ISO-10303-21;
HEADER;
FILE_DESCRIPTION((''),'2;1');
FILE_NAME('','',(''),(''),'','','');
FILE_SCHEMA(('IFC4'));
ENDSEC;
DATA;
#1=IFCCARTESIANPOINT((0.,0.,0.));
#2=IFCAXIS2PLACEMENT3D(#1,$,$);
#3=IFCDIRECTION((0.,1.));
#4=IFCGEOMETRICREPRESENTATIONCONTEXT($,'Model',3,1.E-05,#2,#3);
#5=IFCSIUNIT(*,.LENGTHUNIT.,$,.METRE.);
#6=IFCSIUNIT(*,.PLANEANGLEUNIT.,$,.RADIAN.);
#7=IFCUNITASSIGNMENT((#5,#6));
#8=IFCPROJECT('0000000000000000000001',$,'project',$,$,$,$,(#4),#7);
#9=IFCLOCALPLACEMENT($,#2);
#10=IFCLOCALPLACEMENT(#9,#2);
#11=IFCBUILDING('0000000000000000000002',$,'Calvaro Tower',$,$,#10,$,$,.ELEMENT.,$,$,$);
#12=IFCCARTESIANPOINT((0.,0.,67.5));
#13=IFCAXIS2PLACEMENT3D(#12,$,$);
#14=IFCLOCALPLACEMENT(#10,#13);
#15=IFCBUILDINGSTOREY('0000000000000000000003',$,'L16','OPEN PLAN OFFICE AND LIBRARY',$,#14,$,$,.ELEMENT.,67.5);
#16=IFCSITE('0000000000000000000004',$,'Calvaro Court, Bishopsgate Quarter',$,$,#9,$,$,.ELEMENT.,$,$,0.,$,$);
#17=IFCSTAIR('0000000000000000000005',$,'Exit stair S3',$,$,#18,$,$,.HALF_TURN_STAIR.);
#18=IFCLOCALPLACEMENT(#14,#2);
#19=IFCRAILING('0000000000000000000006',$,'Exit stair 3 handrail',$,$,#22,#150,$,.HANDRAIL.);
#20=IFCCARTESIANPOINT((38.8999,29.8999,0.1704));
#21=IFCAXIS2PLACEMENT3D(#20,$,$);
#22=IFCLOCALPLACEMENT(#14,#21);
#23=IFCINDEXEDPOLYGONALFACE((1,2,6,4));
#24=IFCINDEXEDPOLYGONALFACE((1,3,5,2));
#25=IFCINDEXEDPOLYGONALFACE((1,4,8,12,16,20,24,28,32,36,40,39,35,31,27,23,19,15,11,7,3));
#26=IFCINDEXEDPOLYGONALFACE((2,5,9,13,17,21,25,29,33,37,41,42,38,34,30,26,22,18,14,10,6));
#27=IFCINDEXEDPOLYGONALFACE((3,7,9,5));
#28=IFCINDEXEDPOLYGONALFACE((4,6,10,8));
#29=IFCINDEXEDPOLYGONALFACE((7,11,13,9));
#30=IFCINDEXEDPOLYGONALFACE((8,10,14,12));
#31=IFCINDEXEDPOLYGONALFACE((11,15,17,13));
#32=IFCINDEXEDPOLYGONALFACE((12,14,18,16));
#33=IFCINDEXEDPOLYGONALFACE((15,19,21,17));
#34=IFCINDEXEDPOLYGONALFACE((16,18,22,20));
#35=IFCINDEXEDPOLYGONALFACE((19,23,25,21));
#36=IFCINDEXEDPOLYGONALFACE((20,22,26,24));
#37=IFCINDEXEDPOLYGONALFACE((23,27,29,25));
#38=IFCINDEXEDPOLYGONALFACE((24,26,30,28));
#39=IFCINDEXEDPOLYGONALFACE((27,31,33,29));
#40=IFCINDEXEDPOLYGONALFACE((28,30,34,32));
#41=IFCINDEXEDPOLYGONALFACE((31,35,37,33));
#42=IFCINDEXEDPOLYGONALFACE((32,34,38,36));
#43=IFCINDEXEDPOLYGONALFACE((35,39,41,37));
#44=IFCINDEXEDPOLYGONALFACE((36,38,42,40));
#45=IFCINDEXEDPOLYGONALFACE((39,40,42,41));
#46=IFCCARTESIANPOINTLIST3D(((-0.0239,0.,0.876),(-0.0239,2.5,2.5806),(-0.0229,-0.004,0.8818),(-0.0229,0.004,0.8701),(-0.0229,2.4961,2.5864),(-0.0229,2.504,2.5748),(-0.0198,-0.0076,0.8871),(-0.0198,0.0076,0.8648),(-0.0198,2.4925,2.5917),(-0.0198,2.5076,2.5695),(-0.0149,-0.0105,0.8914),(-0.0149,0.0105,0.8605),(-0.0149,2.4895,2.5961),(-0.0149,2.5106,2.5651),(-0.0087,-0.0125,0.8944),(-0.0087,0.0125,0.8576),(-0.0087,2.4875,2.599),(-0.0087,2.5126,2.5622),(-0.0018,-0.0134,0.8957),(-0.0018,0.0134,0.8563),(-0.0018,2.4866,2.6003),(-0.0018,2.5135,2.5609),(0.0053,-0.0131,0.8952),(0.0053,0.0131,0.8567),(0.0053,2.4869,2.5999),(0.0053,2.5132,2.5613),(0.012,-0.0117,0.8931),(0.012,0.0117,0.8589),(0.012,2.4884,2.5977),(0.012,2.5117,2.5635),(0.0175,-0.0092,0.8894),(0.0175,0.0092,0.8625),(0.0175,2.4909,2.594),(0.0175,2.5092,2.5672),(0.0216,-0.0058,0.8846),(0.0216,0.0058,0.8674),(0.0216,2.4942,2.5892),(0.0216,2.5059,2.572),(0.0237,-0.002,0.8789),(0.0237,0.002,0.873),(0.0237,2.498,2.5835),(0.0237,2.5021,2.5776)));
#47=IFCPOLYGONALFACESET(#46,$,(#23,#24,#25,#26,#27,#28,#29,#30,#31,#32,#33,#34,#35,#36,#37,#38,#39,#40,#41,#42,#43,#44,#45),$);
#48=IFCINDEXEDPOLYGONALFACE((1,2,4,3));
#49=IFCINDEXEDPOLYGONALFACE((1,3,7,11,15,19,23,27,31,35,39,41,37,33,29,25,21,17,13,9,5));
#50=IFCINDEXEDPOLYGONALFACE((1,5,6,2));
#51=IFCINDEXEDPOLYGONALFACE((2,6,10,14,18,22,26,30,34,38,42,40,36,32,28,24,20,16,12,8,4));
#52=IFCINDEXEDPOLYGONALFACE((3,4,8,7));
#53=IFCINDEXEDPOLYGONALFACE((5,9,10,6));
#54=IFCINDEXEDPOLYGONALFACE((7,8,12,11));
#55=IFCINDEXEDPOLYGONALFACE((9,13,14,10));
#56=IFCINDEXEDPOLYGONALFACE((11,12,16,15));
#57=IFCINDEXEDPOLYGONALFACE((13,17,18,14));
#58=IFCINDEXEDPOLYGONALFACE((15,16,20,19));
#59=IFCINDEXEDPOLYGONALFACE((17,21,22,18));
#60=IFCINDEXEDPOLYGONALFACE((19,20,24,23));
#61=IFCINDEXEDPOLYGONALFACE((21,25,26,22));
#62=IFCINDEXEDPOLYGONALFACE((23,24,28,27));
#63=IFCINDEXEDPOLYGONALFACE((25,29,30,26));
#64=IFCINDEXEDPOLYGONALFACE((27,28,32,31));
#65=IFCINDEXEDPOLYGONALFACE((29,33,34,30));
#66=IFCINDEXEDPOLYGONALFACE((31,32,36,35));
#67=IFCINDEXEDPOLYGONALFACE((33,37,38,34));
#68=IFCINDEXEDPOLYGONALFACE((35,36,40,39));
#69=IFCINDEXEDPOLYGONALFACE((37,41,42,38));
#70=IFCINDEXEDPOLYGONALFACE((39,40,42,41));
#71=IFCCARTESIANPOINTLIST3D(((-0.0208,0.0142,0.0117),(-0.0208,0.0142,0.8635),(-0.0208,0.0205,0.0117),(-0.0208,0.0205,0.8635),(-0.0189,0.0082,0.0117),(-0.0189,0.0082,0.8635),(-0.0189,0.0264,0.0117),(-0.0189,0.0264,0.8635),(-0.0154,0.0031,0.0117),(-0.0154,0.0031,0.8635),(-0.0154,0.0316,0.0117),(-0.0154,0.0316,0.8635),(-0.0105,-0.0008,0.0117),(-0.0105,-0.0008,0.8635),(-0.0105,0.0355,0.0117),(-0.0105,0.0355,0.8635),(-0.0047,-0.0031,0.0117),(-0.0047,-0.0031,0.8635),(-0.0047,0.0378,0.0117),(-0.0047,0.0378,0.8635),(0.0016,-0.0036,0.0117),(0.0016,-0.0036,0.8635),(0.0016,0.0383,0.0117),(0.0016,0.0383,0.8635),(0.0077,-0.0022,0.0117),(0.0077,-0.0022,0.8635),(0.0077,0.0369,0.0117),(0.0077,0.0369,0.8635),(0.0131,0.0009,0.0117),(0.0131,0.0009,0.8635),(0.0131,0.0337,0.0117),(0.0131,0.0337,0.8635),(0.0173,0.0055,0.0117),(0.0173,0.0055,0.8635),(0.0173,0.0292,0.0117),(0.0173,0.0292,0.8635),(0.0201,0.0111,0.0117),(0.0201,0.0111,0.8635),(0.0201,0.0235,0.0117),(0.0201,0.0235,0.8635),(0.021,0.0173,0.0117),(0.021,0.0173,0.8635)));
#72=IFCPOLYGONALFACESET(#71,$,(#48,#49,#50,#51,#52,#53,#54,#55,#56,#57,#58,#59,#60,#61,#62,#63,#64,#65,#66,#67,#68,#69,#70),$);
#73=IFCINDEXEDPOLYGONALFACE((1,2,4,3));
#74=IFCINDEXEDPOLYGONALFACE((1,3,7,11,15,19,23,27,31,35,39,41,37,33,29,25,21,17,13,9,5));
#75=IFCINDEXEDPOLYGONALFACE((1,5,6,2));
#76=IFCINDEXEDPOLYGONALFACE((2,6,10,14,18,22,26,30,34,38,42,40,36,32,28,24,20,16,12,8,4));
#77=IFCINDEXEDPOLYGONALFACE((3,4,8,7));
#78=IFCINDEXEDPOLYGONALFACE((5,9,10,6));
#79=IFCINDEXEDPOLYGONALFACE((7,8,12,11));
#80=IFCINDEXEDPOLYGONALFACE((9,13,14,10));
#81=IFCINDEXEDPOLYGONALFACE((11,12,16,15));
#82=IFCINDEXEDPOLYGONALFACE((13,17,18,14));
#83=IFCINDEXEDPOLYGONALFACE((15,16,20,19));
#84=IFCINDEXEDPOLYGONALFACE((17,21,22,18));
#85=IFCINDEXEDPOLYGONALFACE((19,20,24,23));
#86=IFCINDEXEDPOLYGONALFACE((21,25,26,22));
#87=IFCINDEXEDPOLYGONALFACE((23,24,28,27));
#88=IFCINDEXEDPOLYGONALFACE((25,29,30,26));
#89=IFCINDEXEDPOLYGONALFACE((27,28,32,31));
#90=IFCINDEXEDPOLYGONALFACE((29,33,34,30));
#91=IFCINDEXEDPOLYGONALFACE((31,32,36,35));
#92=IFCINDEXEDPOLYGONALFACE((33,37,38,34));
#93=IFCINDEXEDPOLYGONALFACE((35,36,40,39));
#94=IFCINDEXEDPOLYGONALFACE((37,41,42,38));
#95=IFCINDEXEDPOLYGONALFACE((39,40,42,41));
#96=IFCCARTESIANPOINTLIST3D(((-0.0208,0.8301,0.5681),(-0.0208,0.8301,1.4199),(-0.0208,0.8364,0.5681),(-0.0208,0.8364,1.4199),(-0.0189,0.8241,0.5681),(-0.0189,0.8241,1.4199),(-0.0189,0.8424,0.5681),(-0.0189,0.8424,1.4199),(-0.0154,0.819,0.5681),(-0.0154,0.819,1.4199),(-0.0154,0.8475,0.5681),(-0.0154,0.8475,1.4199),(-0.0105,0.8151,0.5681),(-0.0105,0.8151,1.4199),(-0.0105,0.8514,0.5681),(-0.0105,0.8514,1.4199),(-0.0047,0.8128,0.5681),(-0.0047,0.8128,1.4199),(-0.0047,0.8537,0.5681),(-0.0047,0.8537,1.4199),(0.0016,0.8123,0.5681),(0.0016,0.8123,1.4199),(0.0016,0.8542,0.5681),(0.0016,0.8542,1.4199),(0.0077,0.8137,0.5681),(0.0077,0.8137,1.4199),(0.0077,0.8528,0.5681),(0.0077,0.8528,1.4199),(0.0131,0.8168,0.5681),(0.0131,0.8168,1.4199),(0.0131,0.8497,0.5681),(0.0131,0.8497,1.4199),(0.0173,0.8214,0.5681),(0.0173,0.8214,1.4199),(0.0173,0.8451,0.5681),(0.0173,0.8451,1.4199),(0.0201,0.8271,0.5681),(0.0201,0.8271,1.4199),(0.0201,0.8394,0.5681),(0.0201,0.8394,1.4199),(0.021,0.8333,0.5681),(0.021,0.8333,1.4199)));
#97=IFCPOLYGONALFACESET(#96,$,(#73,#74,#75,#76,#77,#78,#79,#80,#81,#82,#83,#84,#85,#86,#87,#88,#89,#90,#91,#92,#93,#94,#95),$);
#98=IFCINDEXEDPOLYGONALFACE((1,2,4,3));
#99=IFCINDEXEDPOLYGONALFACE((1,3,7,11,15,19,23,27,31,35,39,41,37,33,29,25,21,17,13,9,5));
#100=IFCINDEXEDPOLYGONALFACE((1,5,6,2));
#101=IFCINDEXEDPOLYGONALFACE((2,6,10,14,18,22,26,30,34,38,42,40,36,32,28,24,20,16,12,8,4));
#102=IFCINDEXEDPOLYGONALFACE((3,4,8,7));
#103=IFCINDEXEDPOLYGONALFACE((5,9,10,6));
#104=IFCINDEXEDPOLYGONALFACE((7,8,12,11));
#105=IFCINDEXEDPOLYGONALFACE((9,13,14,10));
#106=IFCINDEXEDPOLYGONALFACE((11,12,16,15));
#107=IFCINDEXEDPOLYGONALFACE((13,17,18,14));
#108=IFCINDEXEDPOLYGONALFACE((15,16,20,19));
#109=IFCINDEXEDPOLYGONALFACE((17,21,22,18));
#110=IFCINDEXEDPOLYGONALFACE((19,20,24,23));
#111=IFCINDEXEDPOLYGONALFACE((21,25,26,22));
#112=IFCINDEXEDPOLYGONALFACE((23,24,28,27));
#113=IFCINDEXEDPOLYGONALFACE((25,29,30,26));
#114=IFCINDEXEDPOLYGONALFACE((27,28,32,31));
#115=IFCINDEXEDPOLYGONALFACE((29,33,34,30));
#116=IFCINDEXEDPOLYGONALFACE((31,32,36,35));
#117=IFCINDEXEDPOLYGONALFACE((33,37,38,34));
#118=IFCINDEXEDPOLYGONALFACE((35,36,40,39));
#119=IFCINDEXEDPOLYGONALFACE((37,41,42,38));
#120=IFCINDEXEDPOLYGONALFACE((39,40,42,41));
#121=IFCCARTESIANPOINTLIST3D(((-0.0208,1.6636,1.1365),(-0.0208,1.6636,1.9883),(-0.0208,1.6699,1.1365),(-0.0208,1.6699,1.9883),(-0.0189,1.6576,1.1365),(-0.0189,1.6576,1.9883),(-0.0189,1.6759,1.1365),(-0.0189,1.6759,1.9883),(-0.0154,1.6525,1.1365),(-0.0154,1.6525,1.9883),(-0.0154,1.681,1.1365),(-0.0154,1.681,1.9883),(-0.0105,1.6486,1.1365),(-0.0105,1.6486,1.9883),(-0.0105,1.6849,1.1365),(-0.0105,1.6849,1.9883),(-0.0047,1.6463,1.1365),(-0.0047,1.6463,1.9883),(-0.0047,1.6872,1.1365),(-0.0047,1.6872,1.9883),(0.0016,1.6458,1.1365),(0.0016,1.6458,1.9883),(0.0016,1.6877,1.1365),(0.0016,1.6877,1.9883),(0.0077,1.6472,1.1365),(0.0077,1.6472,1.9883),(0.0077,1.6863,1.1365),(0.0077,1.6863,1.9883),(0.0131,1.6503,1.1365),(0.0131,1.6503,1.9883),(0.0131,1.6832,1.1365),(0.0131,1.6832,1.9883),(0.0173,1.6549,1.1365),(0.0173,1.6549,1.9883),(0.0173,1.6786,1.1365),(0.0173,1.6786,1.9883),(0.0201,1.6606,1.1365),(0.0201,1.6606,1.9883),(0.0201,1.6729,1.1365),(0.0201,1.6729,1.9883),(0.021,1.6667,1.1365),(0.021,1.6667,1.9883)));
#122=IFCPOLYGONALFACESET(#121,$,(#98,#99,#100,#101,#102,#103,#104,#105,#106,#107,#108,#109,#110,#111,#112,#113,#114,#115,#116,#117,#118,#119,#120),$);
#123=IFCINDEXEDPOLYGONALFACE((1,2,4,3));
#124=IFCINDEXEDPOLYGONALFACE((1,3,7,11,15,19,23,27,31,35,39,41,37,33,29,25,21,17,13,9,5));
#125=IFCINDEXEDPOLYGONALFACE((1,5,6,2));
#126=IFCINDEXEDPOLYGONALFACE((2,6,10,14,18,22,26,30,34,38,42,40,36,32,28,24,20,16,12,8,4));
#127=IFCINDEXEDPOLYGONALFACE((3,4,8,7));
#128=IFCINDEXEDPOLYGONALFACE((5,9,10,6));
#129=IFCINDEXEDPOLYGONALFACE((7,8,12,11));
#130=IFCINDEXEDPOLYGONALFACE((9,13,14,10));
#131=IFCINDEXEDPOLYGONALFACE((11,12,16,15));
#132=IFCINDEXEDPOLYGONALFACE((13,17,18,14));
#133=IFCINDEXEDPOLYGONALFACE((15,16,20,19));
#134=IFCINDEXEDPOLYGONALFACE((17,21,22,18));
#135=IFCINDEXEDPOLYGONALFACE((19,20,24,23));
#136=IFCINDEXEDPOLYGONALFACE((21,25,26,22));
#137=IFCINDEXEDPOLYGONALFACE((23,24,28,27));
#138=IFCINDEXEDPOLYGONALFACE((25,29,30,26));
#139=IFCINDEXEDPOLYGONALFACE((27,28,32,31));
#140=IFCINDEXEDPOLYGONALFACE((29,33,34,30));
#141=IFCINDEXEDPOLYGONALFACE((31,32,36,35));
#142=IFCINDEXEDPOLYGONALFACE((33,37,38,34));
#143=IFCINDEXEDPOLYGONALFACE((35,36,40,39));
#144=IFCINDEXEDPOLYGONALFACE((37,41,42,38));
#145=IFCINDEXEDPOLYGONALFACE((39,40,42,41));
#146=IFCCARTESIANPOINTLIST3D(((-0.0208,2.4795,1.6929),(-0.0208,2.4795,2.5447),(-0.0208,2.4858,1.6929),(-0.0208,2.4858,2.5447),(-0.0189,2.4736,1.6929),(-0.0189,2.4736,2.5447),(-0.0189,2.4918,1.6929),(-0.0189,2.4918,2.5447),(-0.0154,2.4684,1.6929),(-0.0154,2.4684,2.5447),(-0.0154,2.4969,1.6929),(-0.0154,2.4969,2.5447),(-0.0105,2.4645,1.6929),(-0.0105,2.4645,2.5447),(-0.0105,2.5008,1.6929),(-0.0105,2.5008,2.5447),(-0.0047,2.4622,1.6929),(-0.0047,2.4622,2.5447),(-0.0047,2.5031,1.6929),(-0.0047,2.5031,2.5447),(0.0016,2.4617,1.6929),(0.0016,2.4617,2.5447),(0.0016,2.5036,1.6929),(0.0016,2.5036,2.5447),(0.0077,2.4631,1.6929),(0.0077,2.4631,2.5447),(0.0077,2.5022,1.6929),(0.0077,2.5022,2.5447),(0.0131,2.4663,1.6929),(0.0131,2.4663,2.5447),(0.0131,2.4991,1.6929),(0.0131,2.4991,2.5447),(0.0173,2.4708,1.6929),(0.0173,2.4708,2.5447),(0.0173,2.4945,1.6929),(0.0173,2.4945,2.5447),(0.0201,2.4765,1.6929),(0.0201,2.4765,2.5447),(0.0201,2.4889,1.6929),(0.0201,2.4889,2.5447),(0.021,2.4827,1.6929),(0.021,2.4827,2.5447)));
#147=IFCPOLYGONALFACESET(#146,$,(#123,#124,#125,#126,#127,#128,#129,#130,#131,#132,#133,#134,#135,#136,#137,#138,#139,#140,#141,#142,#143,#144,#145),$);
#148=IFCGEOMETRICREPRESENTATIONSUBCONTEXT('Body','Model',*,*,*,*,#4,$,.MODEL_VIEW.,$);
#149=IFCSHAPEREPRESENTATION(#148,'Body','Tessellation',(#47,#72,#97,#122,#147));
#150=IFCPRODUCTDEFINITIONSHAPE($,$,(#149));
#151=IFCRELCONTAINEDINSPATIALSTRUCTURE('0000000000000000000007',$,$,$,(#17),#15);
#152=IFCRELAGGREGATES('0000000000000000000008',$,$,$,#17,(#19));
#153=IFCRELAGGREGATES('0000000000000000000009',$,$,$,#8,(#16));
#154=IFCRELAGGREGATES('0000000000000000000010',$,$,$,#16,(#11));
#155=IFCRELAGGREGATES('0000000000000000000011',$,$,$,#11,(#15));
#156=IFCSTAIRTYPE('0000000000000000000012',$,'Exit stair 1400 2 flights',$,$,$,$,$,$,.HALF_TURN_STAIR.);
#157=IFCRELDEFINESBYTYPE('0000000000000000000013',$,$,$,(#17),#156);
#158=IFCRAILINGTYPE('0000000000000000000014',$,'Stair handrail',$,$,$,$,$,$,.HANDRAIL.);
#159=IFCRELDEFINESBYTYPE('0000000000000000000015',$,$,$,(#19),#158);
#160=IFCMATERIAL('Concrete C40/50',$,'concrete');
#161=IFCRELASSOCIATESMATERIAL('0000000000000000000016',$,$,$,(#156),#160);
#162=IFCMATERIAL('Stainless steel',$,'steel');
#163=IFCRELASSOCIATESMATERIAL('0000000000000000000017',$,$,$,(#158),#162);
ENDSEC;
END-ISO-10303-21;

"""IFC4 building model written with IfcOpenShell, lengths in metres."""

from ifc_helpers import new_model, si_unit, direction, frame, origin, origin_2d, place, context, subcontext, project, spatial, circle, extrude, material, type_object, element, aggregate, save


model = new_model("IFC4")

# Units and contexts
model_context = context("Model", 3, precision=1e-05, world=origin(), true_north=direction((0.0, 1.0)))
body_context = subcontext(model_context, "Body", "Model", "MODEL_VIEW")
ifc_project = project(units=[si_unit("LENGTHUNIT", "METRE"), si_unit("PLANEANGLEUNIT", "RADIAN")], contexts=[model_context])

# Site, building, storey
site_placement = place(None, origin())
site = spatial("IfcSite", under=ifc_project, at=site_placement, Name="Calvaro Court, Bishopsgate Quarter", CompositionType="ELEMENT", RefElevation=0.0)
building_placement = place(site_placement, origin())
building = spatial("IfcBuilding", under=site, at=building_placement, Name="Calvaro Tower", CompositionType="ELEMENT")
storey_placement = place(building_placement, frame((0.0, 0.0, 67.5)))
storey = spatial("IfcBuildingStorey", under=building, at=storey_placement, Name="L16", Description="OPEN PLAN OFFICE AND LIBRARY", CompositionType="ELEMENT", Elevation=67.5)

# Stair
ifc_material_1 = material(Name="Concrete C40/50", Category="concrete")
stair_type = type_object("IfcStairType", Name="Exit stair 1400 2 flights", PredefinedType="HALF_TURN_STAIR", material=ifc_material_1)
stair_1_placement = place(storey_placement, origin())
stair_1 = element("IfcStair", 1, at=stair_1_placement, inside=storey, type_object=stair_type, Name="Exit stair S3", PredefinedType="HALF_TURN_STAIR")

# Railing
ifc_material_2 = material(Name="Stainless steel", Category="steel")
railing_type = type_object("IfcRailingType", Name="Stair handrail", PredefinedType="HANDRAIL", material=ifc_material_2)
railing_1_placement = place(storey_placement, frame((38.8999, 29.8999, 0.1704)))
railing_1 = element("IfcRailing", 2, at=railing_1_placement, type_object=railing_type, Name="Exit stair 3 handrail", PredefinedType="HANDRAIL", context=body_context, shape_type="SweptSolid", body=[
    extrude(circle(Radius=0.0239, at=origin_2d()), frame((0.0, 0.0, 0.876), z_axis=(0.0, 0.826221, 0.563347), x_axis=(-1.0, 0.0, 0.0)), (0.0, 0.0, 1.0), 3.0259),
    extrude(circle(Radius=0.021, at=origin_2d()), frame((0.0, 0.0173, 0.0117)), (0.0, 0.0, 1.0), 0.8518),
    extrude(circle(Radius=0.021, at=origin_2d()), frame((0.0, 0.8333, 0.5681)), (0.0, 0.0, 1.0), 0.8518),
    extrude(circle(Radius=0.021, at=origin_2d()), frame((0.0, 1.6667, 1.1365)), (0.0, 0.0, 1.0), 0.8518),
    extrude(circle(Radius=0.021, at=origin_2d()), frame((0.0, 2.4827, 1.6929)), (0.0, 0.0, 1.0), 0.8518),
])
aggregate(stair_1, [railing_1])

save(model, "model.ifc")
